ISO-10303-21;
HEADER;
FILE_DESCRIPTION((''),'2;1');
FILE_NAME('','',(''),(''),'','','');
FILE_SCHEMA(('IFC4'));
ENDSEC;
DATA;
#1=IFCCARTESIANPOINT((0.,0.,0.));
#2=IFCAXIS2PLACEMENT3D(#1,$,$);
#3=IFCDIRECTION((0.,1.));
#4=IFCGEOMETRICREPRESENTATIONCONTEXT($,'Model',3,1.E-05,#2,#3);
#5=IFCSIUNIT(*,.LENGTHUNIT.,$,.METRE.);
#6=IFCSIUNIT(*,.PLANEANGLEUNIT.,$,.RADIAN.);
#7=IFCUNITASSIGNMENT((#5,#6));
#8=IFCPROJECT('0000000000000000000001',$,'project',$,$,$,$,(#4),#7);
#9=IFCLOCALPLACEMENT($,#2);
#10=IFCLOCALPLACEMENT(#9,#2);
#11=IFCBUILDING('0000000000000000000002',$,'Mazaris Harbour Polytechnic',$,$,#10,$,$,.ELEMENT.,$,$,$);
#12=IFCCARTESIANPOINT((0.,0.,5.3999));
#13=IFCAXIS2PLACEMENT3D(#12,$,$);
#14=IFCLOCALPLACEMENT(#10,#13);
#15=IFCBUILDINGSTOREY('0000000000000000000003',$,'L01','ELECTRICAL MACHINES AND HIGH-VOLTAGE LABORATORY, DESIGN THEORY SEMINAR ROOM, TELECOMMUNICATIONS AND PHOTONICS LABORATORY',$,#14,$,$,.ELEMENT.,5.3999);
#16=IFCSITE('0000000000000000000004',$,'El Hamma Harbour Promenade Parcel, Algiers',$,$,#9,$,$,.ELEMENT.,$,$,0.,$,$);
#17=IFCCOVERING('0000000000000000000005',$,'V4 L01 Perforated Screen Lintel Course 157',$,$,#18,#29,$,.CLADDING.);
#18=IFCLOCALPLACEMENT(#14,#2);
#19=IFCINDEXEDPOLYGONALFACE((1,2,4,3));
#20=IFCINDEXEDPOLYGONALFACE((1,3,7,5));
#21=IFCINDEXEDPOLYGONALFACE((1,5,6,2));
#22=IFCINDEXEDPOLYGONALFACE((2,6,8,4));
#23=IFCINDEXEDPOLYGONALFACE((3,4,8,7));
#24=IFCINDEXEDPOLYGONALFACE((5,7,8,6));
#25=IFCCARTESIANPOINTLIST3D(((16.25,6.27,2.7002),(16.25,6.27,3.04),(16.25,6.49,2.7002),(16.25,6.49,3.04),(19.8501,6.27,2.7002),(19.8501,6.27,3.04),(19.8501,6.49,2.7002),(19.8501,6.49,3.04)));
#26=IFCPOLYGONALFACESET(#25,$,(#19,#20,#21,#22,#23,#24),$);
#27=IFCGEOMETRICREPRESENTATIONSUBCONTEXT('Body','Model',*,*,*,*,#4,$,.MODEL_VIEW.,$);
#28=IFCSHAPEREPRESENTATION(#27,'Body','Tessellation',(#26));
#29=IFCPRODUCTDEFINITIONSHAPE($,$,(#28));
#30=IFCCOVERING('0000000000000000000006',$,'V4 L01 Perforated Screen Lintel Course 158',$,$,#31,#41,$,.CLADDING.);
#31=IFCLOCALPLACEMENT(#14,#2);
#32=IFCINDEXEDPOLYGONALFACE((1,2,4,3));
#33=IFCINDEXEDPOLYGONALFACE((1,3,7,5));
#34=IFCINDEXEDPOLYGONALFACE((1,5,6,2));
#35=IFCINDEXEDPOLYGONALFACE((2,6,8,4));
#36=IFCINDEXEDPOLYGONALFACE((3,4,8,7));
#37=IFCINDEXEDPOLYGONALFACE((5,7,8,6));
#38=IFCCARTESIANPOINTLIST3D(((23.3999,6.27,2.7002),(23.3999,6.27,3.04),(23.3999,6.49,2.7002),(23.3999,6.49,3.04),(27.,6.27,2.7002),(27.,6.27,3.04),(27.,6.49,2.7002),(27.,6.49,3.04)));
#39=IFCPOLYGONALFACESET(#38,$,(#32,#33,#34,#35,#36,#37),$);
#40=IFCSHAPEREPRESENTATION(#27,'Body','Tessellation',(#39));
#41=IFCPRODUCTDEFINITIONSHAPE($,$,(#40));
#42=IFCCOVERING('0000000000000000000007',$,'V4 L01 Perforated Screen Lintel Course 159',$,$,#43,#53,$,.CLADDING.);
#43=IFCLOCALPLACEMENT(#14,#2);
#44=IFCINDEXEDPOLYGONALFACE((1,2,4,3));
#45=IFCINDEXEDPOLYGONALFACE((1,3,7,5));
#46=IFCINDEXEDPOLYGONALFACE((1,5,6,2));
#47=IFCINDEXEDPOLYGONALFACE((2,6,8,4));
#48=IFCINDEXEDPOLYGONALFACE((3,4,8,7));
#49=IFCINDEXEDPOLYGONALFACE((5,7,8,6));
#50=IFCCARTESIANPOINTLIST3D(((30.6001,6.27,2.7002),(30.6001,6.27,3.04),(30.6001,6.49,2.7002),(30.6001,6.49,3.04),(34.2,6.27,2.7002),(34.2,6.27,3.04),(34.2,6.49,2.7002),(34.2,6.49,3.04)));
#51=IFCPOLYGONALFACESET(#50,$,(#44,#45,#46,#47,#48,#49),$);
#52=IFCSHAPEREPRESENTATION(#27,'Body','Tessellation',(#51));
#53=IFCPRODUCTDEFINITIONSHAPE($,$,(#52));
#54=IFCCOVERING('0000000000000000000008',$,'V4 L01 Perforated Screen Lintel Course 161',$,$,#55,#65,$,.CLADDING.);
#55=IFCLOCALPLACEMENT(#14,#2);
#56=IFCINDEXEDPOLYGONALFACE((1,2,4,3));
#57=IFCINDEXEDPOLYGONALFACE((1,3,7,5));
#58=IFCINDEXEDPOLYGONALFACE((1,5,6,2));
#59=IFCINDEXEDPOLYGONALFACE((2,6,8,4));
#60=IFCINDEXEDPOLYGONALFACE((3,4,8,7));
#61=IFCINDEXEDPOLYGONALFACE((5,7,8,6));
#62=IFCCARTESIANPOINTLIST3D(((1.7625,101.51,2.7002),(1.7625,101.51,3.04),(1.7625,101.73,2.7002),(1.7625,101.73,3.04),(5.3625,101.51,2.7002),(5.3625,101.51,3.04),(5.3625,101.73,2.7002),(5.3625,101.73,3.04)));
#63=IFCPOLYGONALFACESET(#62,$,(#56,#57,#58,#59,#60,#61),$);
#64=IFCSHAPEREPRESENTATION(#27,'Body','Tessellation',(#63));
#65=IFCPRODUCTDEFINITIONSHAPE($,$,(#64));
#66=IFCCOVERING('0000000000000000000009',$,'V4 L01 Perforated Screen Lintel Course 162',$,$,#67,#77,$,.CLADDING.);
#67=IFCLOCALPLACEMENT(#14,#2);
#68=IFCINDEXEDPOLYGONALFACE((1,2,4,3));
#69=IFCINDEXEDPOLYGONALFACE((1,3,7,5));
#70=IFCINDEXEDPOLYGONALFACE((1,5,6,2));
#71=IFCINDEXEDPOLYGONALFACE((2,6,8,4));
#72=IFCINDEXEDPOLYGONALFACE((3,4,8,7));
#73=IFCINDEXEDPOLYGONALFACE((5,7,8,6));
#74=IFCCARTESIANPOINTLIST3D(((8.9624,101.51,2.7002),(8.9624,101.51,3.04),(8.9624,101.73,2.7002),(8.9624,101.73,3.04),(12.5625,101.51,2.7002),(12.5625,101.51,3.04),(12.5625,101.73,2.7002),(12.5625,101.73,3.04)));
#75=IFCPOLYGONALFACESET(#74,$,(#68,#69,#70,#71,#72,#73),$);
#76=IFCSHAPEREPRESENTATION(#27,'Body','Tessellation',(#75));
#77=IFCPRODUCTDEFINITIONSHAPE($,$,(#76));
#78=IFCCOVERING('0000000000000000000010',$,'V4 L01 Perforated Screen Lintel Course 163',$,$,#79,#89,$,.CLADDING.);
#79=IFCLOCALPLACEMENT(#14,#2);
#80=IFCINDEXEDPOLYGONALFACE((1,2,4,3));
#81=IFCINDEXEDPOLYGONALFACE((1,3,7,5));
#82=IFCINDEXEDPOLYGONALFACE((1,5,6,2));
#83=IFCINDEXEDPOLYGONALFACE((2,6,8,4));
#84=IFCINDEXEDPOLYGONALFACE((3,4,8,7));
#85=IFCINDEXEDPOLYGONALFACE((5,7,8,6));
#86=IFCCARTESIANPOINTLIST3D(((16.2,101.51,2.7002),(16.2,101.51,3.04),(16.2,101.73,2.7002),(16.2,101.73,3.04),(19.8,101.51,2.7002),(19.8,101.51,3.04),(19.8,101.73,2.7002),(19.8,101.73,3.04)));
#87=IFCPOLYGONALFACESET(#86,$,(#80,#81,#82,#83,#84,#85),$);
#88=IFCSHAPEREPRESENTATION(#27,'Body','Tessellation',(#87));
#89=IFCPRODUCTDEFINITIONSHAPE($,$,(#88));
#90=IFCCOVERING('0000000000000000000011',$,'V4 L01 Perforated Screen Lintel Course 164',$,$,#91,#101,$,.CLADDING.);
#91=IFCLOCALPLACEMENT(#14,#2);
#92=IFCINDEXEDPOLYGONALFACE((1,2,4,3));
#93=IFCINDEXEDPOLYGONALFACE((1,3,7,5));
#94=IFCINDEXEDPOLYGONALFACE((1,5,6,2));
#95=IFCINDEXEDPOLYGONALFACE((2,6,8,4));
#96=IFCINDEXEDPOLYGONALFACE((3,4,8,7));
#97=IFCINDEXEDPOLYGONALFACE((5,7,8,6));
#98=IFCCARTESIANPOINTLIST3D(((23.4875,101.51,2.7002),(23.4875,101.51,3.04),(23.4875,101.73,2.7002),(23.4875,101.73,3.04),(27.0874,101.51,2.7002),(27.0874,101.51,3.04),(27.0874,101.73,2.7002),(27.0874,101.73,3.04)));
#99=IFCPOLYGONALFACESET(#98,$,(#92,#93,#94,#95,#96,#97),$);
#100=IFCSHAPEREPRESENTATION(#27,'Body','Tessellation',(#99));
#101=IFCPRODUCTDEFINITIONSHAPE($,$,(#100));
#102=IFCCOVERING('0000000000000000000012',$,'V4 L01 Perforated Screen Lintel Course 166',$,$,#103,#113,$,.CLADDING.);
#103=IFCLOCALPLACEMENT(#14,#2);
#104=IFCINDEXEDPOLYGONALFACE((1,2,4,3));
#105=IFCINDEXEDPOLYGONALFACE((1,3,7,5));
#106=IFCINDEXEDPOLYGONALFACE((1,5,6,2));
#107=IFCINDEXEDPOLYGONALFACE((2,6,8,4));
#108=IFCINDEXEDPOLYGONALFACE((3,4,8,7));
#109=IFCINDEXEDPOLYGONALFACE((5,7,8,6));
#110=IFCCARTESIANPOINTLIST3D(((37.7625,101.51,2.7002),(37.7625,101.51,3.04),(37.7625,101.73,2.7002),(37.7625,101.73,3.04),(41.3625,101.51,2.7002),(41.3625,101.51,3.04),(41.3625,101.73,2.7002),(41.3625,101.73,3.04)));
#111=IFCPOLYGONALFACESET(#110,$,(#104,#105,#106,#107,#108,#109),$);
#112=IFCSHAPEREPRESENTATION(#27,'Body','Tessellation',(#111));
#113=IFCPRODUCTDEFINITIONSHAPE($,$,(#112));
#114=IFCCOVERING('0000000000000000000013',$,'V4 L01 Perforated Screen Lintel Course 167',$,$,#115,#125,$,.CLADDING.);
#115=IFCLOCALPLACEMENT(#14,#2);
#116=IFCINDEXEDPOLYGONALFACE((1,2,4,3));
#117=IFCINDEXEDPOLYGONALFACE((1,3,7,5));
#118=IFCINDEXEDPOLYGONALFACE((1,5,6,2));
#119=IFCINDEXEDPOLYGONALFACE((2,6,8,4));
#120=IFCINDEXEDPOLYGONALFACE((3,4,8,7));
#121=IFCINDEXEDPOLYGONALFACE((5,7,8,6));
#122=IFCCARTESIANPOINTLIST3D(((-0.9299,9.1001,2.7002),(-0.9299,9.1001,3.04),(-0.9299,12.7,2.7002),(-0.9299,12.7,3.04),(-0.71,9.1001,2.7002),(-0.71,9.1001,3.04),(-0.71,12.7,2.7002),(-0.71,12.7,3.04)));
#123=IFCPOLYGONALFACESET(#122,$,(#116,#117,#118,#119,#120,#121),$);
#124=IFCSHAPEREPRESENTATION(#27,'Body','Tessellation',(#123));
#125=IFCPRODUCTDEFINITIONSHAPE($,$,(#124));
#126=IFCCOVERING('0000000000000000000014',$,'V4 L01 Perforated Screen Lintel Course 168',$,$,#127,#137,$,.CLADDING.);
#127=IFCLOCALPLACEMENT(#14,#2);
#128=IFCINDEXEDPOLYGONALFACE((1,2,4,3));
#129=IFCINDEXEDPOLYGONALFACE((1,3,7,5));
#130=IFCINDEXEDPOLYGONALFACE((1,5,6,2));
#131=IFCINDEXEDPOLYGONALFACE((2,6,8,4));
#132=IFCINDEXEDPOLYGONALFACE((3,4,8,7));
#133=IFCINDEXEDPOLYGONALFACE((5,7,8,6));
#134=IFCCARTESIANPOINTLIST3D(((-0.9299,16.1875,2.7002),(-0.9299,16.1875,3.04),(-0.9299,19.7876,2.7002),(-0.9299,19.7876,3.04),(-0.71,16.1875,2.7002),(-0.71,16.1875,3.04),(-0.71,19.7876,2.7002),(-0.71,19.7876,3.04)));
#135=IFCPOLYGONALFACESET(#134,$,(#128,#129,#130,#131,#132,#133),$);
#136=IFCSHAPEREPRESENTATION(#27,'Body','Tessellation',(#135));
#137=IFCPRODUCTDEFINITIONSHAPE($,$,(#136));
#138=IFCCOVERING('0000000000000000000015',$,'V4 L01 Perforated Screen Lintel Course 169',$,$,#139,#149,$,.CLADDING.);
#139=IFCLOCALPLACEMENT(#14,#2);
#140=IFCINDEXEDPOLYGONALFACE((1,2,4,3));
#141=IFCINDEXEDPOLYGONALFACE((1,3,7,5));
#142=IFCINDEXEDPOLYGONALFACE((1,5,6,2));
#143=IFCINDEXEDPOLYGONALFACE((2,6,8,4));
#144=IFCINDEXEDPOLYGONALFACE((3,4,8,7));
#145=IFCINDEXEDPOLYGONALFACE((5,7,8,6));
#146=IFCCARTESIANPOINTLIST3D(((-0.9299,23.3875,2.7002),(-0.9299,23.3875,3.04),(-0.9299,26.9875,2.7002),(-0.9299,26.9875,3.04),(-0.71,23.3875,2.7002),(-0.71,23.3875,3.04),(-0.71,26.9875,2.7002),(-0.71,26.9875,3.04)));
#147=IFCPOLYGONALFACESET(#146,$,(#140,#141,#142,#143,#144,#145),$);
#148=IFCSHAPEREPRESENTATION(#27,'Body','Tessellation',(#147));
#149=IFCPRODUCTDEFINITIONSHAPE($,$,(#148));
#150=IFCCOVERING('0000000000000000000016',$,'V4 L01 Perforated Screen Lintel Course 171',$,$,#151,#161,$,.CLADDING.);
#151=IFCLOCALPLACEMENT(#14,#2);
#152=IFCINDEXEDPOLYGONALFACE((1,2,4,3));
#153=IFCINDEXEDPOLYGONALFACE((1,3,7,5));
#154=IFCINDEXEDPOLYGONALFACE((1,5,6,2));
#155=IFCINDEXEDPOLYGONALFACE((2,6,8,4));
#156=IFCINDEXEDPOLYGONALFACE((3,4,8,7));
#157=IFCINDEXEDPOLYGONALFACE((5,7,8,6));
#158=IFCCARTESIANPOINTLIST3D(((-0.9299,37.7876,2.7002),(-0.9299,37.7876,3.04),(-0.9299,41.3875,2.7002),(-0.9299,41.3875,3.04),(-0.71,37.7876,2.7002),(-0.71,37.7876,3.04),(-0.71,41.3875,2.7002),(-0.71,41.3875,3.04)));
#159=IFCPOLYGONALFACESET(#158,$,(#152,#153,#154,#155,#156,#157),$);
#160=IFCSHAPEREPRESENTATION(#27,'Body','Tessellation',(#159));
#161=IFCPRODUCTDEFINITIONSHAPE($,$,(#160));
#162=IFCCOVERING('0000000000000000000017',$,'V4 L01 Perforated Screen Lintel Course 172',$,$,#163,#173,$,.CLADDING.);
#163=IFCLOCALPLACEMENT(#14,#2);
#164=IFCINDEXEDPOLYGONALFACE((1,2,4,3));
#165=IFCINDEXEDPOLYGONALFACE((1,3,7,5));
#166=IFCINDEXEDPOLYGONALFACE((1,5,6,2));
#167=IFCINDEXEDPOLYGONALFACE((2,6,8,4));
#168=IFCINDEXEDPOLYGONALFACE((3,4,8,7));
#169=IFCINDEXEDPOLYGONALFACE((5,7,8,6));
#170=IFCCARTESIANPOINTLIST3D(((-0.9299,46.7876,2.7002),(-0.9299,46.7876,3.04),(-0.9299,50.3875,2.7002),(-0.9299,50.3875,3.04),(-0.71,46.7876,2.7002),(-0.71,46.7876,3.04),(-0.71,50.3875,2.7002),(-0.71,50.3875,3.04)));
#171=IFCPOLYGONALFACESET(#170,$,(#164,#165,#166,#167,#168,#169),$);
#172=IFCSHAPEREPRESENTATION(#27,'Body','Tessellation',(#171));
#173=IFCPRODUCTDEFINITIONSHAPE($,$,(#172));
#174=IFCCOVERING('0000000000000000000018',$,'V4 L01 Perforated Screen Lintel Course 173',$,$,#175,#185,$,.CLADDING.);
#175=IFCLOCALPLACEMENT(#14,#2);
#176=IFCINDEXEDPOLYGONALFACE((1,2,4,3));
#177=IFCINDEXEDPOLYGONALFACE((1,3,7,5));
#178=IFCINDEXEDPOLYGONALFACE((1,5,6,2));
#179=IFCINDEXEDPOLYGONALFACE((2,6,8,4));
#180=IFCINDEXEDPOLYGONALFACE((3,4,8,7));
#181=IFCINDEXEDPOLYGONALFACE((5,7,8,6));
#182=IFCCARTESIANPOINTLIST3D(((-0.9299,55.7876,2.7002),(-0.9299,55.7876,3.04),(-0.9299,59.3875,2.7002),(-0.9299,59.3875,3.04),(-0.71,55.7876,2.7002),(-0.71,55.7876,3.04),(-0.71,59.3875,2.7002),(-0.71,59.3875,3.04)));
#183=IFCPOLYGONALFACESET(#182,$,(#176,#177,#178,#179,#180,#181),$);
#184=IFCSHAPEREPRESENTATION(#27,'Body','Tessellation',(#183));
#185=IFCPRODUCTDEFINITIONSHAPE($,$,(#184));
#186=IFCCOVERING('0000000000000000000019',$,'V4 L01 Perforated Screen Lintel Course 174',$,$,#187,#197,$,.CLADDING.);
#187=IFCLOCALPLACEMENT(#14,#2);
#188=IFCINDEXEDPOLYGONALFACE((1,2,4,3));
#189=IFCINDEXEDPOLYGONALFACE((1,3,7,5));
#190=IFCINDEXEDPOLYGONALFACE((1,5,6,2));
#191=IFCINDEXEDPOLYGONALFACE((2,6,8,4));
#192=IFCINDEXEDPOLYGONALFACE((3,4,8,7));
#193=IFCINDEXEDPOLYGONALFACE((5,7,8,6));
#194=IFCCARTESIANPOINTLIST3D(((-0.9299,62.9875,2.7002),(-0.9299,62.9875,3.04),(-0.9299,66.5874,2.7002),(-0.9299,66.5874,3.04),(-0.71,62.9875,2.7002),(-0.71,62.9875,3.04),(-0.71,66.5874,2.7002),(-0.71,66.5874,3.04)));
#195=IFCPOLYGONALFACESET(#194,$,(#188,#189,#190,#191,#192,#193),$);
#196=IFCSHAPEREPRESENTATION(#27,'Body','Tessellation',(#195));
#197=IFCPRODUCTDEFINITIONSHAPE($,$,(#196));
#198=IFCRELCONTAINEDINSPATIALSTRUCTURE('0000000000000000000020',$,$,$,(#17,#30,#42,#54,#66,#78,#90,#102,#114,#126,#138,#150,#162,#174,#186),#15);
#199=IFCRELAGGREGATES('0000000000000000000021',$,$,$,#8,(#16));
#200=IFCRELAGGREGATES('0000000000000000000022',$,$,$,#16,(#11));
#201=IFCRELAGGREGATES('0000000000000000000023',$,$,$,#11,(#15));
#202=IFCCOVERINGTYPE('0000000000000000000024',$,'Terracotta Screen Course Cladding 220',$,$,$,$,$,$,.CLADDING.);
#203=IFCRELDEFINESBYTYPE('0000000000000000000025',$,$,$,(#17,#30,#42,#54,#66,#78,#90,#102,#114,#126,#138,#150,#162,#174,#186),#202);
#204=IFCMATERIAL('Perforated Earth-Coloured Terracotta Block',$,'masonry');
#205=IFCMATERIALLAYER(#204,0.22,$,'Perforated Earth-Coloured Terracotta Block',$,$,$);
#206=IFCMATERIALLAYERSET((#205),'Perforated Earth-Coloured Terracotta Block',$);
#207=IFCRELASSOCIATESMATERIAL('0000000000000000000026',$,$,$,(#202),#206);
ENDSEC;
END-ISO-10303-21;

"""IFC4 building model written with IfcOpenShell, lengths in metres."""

from ifc_helpers import new_model, si_unit, direction, frame, origin, place, context, subcontext, project, spatial, polyline, outline, extrude, material, layer, layer_set, type_object, element, save


model = new_model("IFC4")

# Units and contexts
model_context = context("Model", 3, precision=1e-05, world=origin(), true_north=direction((0.0, 1.0)))
body_context = subcontext(model_context, "Body", "Model", "MODEL_VIEW")
ifc_project = project(units=[si_unit("LENGTHUNIT", "METRE"), si_unit("PLANEANGLEUNIT", "RADIAN")], contexts=[model_context])

# Site, building, storey
site_placement = place(None, origin())
site = spatial("IfcSite", under=ifc_project, at=site_placement, Name="El Hamma Harbour Promenade Parcel, Algiers", CompositionType="ELEMENT", RefElevation=0.0)
building_placement = place(site_placement, origin())
building = spatial("IfcBuilding", under=site, at=building_placement, Name="Mazaris Harbour Polytechnic", CompositionType="ELEMENT")
storey_placement = place(building_placement, frame((0.0, 0.0, 5.3999)))
storey = spatial("IfcBuildingStorey", under=building, at=storey_placement, Name="L01", Description="ELECTRICAL MACHINES AND HIGH-VOLTAGE LABORATORY, DESIGN THEORY SEMINAR ROOM, TELECOMMUNICATIONS AND PHOTONICS LABORATORY", CompositionType="ELEMENT", Elevation=5.3999)

# Coverings
ifc_material = material(Name="Perforated Earth-Coloured Terracotta Block", Category="masonry")
ifc_layer = layer(ifc_material, 0.22, Name="Perforated Earth-Coloured Terracotta Block")
ifc_layer_set = layer_set([ifc_layer], Name="Perforated Earth-Coloured Terracotta Block")
covering_type = type_object("IfcCoveringType", Name="Terracotta Screen Course Cladding 220", PredefinedType="CLADDING", material=ifc_layer_set)
covering_1_placement = place(storey_placement, frame((0.0, 0.0, 2.7002)))
element("IfcCovering", 1, at=covering_1_placement, inside=storey, type_object=covering_type, Name="V4 L01 Perforated Screen Lintel Course 157", PredefinedType="CLADDING", context=body_context, shape_type="SweptSolid", body=[
    extrude(outline(polyline([(19.8501, 6.49), (16.25, 6.49), (16.25, 6.27), (19.8501, 6.27), (19.8501, 6.49)])), origin(), (0.0, 0.0, 1.0), 0.3398),
])
covering_2_placement = place(storey_placement, frame((0.0, 0.0, 2.7002)))
element("IfcCovering", 2, at=covering_2_placement, inside=storey, type_object=covering_type, Name="V4 L01 Perforated Screen Lintel Course 158", PredefinedType="CLADDING", context=body_context, shape_type="SweptSolid", body=[
    extrude(outline(polyline([(27.0, 6.49), (23.3999, 6.49), (23.3999, 6.27), (27.0, 6.27), (27.0, 6.49)])), origin(), (0.0, 0.0, 1.0), 0.3398),
])
covering_3_placement = place(storey_placement, frame((0.0, 0.0, 2.7002)))
element("IfcCovering", 3, at=covering_3_placement, inside=storey, type_object=covering_type, Name="V4 L01 Perforated Screen Lintel Course 159", PredefinedType="CLADDING", context=body_context, shape_type="SweptSolid", body=[
    extrude(outline(polyline([(34.2, 6.49), (30.6001, 6.49), (30.6001, 6.27), (34.2, 6.27), (34.2, 6.49)])), origin(), (0.0, 0.0, 1.0), 0.3398),
])
covering_4_placement = place(storey_placement, frame((0.0, 0.0, 2.7002)))
element("IfcCovering", 4, at=covering_4_placement, inside=storey, type_object=covering_type, Name="V4 L01 Perforated Screen Lintel Course 161", PredefinedType="CLADDING", context=body_context, shape_type="SweptSolid", body=[
    extrude(outline(polyline([(1.7625, 101.51), (5.3625, 101.51), (5.3625, 101.73), (1.7625, 101.73), (1.7625, 101.51)])), origin(), (0.0, 0.0, 1.0), 0.3398),
])
covering_5_placement = place(storey_placement, frame((0.0, 0.0, 2.7002)))
element("IfcCovering", 5, at=covering_5_placement, inside=storey, type_object=covering_type, Name="V4 L01 Perforated Screen Lintel Course 162", PredefinedType="CLADDING", context=body_context, shape_type="SweptSolid", body=[
    extrude(outline(polyline([(8.9624, 101.51), (12.5625, 101.51), (12.5625, 101.73), (8.9624, 101.73), (8.9624, 101.51)])), origin(), (0.0, 0.0, 1.0), 0.3398),
])
covering_6_placement = place(storey_placement, frame((0.0, 0.0, 2.7002)))
element("IfcCovering", 6, at=covering_6_placement, inside=storey, type_object=covering_type, Name="V4 L01 Perforated Screen Lintel Course 163", PredefinedType="CLADDING", context=body_context, shape_type="SweptSolid", body=[
    extrude(outline(polyline([(16.2, 101.51), (19.8, 101.51), (19.8, 101.73), (16.2, 101.73), (16.2, 101.51)])), origin(), (0.0, 0.0, 1.0), 0.3398),
])
covering_7_placement = place(storey_placement, frame((0.0, 0.0, 2.7002)))
element("IfcCovering", 7, at=covering_7_placement, inside=storey, type_object=covering_type, Name="V4 L01 Perforated Screen Lintel Course 164", PredefinedType="CLADDING", context=body_context, shape_type="SweptSolid", body=[
    extrude(outline(polyline([(23.4875, 101.51), (27.0874, 101.51), (27.0874, 101.73), (23.4875, 101.73), (23.4875, 101.51)])), origin(), (0.0, 0.0, 1.0), 0.3398),
])
covering_8_placement = place(storey_placement, frame((0.0, 0.0, 2.7002)))
element("IfcCovering", 8, at=covering_8_placement, inside=storey, type_object=covering_type, Name="V4 L01 Perforated Screen Lintel Course 166", PredefinedType="CLADDING", context=body_context, shape_type="SweptSolid", body=[
    extrude(outline(polyline([(37.7625, 101.51), (41.3625, 101.51), (41.3625, 101.73), (37.7625, 101.73), (37.7625, 101.51)])), origin(), (0.0, 0.0, 1.0), 0.3398),
])
covering_9_placement = place(storey_placement, frame((0.0, 0.0, 2.7002)))
element("IfcCovering", 9, at=covering_9_placement, inside=storey, type_object=covering_type, Name="V4 L01 Perforated Screen Lintel Course 167", PredefinedType="CLADDING", context=body_context, shape_type="SweptSolid", body=[
    extrude(outline(polyline([(-0.71, 9.1001), (-0.71, 12.7), (-0.9299, 12.7), (-0.9299, 9.1001), (-0.71, 9.1001)])), origin(), (0.0, 0.0, 1.0), 0.3398),
])
covering_10_placement = place(storey_placement, frame((0.0, 0.0, 2.7002)))
element("IfcCovering", 10, at=covering_10_placement, inside=storey, type_object=covering_type, Name="V4 L01 Perforated Screen Lintel Course 168", PredefinedType="CLADDING", context=body_context, shape_type="SweptSolid", body=[
    extrude(outline(polyline([(-0.71, 16.1875), (-0.71, 19.7876), (-0.9299, 19.7876), (-0.9299, 16.1875), (-0.71, 16.1875)])), origin(), (0.0, 0.0, 1.0), 0.3398),
])
covering_11_placement = place(storey_placement, frame((0.0, 0.0, 2.7002)))
element("IfcCovering", 11, at=covering_11_placement, inside=storey, type_object=covering_type, Name="V4 L01 Perforated Screen Lintel Course 169", PredefinedType="CLADDING", context=body_context, shape_type="SweptSolid", body=[
    extrude(outline(polyline([(-0.71, 23.3875), (-0.71, 26.9875), (-0.9299, 26.9875), (-0.9299, 23.3875), (-0.71, 23.3875)])), origin(), (0.0, 0.0, 1.0), 0.3398),
])
covering_12_placement = place(storey_placement, frame((0.0, 0.0, 2.7002)))
element("IfcCovering", 12, at=covering_12_placement, inside=storey, type_object=covering_type, Name="V4 L01 Perforated Screen Lintel Course 171", PredefinedType="CLADDING", context=body_context, shape_type="SweptSolid", body=[
    extrude(outline(polyline([(-0.71, 37.7876), (-0.71, 41.3875), (-0.9299, 41.3875), (-0.9299, 37.7876), (-0.71, 37.7876)])), origin(), (0.0, 0.0, 1.0), 0.3398),
])
covering_13_placement = place(storey_placement, frame((0.0, 0.0, 2.7002)))
element("IfcCovering", 13, at=covering_13_placement, inside=storey, type_object=covering_type, Name="V4 L01 Perforated Screen Lintel Course 172", PredefinedType="CLADDING", context=body_context, shape_type="SweptSolid", body=[
    extrude(outline(polyline([(-0.71, 46.7876), (-0.71, 50.3875), (-0.9299, 50.3875), (-0.9299, 46.7876), (-0.71, 46.7876)])), origin(), (0.0, 0.0, 1.0), 0.3398),
])
covering_14_placement = place(storey_placement, frame((0.0, 0.0, 2.7002)))
element("IfcCovering", 14, at=covering_14_placement, inside=storey, type_object=covering_type, Name="V4 L01 Perforated Screen Lintel Course 173", PredefinedType="CLADDING", context=body_context, shape_type="SweptSolid", body=[
    extrude(outline(polyline([(-0.71, 55.7876), (-0.71, 59.3875), (-0.9299, 59.3875), (-0.9299, 55.7876), (-0.71, 55.7876)])), origin(), (0.0, 0.0, 1.0), 0.3398),
])
covering_15_placement = place(storey_placement, frame((0.0, 0.0, 2.7002)))
element("IfcCovering", 15, at=covering_15_placement, inside=storey, type_object=covering_type, Name="V4 L01 Perforated Screen Lintel Course 174", PredefinedType="CLADDING", context=body_context, shape_type="SweptSolid", body=[
    extrude(outline(polyline([(-0.71, 62.9875), (-0.71, 66.5874), (-0.9299, 66.5874), (-0.9299, 62.9875), (-0.71, 62.9875)])), origin(), (0.0, 0.0, 1.0), 0.3398),
])

save(model, "model.ifc")
